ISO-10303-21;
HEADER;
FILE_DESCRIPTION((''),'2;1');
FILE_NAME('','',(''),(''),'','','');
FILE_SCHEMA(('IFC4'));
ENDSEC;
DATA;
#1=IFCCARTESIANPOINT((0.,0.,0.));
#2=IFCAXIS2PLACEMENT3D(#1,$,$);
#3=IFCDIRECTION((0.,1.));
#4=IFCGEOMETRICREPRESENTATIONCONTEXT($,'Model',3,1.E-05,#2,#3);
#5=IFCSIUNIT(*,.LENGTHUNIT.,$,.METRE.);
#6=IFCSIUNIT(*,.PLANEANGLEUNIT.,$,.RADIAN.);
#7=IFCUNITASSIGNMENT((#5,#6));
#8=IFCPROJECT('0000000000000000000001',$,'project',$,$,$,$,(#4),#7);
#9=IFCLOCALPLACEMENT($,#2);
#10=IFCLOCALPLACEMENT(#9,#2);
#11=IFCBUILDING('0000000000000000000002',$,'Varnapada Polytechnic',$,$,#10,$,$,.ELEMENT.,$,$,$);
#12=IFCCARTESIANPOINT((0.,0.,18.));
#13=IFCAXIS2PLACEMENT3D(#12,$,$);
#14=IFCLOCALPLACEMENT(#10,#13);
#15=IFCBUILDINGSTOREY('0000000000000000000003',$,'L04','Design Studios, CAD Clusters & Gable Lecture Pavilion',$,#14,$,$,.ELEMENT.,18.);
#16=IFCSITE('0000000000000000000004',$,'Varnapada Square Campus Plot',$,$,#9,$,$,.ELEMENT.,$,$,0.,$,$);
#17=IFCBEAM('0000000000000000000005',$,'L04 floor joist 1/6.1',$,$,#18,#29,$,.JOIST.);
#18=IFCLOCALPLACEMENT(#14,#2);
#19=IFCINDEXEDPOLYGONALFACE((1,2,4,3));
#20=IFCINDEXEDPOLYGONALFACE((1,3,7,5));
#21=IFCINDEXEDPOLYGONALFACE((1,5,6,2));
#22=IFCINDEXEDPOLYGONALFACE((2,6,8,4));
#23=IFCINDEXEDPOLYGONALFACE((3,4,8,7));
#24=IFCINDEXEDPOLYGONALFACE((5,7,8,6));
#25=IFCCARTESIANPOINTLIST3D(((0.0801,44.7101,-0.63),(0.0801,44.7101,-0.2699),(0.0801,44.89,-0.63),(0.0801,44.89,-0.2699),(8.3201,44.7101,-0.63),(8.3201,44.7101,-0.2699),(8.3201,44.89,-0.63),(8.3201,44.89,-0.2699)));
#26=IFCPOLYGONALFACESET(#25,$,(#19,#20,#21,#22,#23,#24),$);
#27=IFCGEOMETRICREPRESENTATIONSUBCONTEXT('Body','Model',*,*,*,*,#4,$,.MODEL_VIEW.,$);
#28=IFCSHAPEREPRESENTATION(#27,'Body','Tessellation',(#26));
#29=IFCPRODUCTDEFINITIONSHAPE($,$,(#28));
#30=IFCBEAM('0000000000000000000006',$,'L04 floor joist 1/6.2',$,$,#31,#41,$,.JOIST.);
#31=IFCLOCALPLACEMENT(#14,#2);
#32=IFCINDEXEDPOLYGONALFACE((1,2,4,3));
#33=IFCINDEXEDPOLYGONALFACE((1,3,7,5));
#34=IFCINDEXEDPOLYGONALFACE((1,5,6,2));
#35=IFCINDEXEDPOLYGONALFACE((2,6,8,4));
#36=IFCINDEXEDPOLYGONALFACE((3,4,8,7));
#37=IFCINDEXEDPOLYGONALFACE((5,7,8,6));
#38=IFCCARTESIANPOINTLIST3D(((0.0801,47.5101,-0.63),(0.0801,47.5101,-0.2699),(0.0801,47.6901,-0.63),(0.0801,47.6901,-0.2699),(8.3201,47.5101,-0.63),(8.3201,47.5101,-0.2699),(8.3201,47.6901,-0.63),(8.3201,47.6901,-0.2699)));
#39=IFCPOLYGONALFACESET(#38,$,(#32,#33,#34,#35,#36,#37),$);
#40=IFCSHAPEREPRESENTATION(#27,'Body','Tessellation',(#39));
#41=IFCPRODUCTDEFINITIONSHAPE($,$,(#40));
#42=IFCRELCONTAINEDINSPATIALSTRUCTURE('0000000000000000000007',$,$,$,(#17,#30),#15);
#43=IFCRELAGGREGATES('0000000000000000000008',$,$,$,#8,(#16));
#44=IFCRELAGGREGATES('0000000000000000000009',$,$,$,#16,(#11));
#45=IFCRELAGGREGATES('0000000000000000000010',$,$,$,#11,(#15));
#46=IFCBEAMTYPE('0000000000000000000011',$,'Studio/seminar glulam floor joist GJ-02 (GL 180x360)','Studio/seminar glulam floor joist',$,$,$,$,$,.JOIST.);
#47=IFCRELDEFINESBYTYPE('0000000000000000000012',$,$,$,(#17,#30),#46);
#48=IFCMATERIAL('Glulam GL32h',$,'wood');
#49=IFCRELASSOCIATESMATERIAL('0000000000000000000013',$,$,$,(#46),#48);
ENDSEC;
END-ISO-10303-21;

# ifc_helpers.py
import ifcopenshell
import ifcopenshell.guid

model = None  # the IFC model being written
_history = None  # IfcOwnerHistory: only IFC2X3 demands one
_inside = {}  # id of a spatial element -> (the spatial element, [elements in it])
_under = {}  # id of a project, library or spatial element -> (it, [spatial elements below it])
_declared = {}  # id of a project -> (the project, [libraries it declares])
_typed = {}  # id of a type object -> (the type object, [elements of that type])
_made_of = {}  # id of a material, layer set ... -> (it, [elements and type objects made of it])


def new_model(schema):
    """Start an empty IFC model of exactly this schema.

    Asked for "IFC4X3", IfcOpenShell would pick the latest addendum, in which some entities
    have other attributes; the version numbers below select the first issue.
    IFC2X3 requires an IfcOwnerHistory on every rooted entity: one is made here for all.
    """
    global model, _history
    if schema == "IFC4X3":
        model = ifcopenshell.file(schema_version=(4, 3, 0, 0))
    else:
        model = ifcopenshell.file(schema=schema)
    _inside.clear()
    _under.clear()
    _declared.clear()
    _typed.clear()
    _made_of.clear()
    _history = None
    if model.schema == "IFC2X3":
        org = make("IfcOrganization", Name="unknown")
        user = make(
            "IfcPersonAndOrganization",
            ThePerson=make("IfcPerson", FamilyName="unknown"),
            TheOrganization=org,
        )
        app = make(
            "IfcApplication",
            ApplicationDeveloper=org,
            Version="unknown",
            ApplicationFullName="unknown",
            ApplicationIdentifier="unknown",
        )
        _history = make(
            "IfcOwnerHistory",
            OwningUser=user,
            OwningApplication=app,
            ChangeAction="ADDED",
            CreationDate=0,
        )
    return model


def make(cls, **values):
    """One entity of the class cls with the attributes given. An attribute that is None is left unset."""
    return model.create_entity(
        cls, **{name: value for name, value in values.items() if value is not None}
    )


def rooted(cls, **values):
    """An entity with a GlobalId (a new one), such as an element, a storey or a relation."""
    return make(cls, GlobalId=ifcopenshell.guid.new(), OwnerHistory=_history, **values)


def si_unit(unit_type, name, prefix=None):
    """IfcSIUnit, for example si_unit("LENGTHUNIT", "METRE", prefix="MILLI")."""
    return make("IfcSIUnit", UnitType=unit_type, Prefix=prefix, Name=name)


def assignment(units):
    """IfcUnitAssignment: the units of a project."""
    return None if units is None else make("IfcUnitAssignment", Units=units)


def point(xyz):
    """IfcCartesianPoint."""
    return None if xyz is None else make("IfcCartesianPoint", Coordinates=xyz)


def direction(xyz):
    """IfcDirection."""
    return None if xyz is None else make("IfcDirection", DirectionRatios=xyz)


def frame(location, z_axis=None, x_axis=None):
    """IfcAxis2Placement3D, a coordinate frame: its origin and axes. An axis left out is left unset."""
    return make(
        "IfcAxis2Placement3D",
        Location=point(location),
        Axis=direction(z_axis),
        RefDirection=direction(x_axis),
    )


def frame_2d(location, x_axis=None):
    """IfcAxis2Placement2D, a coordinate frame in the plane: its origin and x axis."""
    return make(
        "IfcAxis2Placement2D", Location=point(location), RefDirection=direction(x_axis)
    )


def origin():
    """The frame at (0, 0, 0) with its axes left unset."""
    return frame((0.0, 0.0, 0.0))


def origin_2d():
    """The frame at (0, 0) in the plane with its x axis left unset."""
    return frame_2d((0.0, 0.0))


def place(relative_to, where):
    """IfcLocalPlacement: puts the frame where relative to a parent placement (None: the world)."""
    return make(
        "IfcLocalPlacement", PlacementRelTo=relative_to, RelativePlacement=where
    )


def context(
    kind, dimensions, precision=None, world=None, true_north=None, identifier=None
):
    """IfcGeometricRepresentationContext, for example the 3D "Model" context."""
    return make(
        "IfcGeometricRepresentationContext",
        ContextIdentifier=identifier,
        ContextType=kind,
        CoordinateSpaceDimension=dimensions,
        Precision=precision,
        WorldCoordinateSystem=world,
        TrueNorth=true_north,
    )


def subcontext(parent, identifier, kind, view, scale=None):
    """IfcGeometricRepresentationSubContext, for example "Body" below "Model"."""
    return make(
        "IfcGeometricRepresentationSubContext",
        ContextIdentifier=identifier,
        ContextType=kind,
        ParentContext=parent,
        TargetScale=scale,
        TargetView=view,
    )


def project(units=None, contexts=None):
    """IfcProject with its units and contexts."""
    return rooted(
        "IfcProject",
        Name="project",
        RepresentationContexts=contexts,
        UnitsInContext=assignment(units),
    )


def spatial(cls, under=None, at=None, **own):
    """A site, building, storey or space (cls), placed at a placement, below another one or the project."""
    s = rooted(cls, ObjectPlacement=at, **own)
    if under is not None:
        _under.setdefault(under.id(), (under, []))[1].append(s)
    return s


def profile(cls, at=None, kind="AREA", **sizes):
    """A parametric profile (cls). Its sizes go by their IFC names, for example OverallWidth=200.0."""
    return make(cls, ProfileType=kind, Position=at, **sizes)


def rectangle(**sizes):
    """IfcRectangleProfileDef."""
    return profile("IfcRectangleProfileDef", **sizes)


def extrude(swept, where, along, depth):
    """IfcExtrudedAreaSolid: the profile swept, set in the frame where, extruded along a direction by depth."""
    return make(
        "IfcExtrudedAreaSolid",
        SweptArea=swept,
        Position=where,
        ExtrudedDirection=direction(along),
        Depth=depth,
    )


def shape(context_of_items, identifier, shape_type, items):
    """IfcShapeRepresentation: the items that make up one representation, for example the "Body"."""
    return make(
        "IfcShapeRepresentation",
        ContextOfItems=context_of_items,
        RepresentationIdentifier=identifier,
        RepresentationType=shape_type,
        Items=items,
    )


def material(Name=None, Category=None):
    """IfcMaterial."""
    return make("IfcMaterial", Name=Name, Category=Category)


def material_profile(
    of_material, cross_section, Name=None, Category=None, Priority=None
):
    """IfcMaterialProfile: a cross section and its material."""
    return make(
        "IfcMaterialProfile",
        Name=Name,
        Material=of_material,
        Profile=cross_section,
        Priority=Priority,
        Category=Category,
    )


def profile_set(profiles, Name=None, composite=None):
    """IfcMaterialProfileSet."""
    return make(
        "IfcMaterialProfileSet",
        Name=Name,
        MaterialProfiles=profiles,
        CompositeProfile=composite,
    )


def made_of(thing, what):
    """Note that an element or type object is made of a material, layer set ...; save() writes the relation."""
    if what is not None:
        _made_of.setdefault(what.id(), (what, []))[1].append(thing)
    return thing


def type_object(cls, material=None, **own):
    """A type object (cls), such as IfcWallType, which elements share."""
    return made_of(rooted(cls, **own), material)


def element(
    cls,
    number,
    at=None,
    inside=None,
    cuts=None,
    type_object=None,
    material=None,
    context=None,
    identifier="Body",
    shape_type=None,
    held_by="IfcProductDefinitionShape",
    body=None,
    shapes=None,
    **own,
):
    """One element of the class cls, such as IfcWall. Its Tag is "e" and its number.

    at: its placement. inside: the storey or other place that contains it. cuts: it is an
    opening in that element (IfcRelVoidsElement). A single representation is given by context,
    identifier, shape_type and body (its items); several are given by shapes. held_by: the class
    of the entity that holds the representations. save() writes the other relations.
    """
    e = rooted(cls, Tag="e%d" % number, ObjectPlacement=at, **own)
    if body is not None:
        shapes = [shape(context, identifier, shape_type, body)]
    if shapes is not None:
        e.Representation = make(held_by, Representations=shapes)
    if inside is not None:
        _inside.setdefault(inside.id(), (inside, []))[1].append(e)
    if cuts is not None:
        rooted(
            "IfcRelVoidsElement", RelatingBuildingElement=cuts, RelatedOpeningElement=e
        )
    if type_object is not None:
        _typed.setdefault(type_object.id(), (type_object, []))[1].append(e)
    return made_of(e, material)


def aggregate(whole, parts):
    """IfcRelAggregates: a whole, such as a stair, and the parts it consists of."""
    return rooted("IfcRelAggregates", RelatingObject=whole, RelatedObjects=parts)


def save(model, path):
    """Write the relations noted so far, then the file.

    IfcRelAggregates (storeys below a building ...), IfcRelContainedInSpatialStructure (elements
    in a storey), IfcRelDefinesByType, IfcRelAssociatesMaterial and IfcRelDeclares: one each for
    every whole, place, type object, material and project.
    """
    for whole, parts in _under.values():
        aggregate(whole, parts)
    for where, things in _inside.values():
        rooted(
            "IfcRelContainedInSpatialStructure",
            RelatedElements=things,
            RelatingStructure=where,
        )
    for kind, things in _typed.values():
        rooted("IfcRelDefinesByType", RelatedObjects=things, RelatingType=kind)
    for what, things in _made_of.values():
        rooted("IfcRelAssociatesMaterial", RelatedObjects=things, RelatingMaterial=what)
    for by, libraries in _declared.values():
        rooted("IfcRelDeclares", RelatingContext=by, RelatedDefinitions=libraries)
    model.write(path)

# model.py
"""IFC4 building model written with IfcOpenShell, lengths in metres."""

from ifc_helpers import new_model, si_unit, direction, frame, origin, origin_2d, place, context, subcontext, project, spatial, rectangle, extrude, material, material_profile, profile_set, type_object, element, save


model = new_model("IFC4")

# Units and contexts
model_context = context("Model", 3, precision=1e-05, world=origin(), true_north=direction((0.0, 1.0)))
body_context = subcontext(model_context, "Body", "Model", "MODEL_VIEW")
ifc_project = project(units=[si_unit("LENGTHUNIT", "METRE"), si_unit("PLANEANGLEUNIT", "RADIAN")], contexts=[model_context])

# Site, building, storey
site_placement = place(None, origin())
site = spatial("IfcSite", under=ifc_project, at=site_placement, Name="Varnapada Square Campus Plot", CompositionType="ELEMENT", RefElevation=0.0)
building_placement = place(site_placement, origin())
building = spatial("IfcBuilding", under=site, at=building_placement, Name="Varnapada Polytechnic", CompositionType="ELEMENT")
storey_placement = place(building_placement, frame((0.0, 0.0, 18.0)))
storey = spatial("IfcBuildingStorey", under=building, at=storey_placement, Name="L04", Description="Design Studios, CAD Clusters & Gable Lecture Pavilion", CompositionType="ELEMENT", Elevation=18.0)

# Beams
ifc_material_1 = material(Name="Glulam GL32h", Category="wood")
ifc_material_profile = material_profile(ifc_material_1, rectangle(XDim=0.1799, YDim=0.3601, at=origin_2d()), Name="GL 180x360")
ifc_profile_set = profile_set([ifc_material_profile], Name="Glulam GL32h")
beam_type = type_object("IfcBeamType", Name="Studio/seminar glulam floor joist GJ-02 (GL 180x360)", Description="Studio/seminar glulam floor joist", PredefinedType="JOIST", material=ifc_profile_set)
for number, where, z_axis, x_axis, name in (
    (1, (0.0801, 44.8, -0.45), (1.0, 0.0, 0.0), (0.0, 1.0, 0.0), "L04 floor joist 1/6.1"),
    (2, (0.0801, 47.6001, -0.45), (1.0, 0.0, 0.0), (0.0, 1.0, 0.0), "L04 floor joist 1/6.2"),
):
    element("IfcBeam", number, at=place(storey_placement, frame(where, z_axis=z_axis, x_axis=x_axis)), inside=storey, type_object=beam_type, Name=name, PredefinedType="JOIST", context=body_context, shape_type="SweptSolid", body=[
        extrude(rectangle(XDim=0.1799, YDim=0.3601, at=origin_2d()), origin(), (0.0, 0.0, 1.0), 8.24),
    ])

save(model, "model.ifc")
